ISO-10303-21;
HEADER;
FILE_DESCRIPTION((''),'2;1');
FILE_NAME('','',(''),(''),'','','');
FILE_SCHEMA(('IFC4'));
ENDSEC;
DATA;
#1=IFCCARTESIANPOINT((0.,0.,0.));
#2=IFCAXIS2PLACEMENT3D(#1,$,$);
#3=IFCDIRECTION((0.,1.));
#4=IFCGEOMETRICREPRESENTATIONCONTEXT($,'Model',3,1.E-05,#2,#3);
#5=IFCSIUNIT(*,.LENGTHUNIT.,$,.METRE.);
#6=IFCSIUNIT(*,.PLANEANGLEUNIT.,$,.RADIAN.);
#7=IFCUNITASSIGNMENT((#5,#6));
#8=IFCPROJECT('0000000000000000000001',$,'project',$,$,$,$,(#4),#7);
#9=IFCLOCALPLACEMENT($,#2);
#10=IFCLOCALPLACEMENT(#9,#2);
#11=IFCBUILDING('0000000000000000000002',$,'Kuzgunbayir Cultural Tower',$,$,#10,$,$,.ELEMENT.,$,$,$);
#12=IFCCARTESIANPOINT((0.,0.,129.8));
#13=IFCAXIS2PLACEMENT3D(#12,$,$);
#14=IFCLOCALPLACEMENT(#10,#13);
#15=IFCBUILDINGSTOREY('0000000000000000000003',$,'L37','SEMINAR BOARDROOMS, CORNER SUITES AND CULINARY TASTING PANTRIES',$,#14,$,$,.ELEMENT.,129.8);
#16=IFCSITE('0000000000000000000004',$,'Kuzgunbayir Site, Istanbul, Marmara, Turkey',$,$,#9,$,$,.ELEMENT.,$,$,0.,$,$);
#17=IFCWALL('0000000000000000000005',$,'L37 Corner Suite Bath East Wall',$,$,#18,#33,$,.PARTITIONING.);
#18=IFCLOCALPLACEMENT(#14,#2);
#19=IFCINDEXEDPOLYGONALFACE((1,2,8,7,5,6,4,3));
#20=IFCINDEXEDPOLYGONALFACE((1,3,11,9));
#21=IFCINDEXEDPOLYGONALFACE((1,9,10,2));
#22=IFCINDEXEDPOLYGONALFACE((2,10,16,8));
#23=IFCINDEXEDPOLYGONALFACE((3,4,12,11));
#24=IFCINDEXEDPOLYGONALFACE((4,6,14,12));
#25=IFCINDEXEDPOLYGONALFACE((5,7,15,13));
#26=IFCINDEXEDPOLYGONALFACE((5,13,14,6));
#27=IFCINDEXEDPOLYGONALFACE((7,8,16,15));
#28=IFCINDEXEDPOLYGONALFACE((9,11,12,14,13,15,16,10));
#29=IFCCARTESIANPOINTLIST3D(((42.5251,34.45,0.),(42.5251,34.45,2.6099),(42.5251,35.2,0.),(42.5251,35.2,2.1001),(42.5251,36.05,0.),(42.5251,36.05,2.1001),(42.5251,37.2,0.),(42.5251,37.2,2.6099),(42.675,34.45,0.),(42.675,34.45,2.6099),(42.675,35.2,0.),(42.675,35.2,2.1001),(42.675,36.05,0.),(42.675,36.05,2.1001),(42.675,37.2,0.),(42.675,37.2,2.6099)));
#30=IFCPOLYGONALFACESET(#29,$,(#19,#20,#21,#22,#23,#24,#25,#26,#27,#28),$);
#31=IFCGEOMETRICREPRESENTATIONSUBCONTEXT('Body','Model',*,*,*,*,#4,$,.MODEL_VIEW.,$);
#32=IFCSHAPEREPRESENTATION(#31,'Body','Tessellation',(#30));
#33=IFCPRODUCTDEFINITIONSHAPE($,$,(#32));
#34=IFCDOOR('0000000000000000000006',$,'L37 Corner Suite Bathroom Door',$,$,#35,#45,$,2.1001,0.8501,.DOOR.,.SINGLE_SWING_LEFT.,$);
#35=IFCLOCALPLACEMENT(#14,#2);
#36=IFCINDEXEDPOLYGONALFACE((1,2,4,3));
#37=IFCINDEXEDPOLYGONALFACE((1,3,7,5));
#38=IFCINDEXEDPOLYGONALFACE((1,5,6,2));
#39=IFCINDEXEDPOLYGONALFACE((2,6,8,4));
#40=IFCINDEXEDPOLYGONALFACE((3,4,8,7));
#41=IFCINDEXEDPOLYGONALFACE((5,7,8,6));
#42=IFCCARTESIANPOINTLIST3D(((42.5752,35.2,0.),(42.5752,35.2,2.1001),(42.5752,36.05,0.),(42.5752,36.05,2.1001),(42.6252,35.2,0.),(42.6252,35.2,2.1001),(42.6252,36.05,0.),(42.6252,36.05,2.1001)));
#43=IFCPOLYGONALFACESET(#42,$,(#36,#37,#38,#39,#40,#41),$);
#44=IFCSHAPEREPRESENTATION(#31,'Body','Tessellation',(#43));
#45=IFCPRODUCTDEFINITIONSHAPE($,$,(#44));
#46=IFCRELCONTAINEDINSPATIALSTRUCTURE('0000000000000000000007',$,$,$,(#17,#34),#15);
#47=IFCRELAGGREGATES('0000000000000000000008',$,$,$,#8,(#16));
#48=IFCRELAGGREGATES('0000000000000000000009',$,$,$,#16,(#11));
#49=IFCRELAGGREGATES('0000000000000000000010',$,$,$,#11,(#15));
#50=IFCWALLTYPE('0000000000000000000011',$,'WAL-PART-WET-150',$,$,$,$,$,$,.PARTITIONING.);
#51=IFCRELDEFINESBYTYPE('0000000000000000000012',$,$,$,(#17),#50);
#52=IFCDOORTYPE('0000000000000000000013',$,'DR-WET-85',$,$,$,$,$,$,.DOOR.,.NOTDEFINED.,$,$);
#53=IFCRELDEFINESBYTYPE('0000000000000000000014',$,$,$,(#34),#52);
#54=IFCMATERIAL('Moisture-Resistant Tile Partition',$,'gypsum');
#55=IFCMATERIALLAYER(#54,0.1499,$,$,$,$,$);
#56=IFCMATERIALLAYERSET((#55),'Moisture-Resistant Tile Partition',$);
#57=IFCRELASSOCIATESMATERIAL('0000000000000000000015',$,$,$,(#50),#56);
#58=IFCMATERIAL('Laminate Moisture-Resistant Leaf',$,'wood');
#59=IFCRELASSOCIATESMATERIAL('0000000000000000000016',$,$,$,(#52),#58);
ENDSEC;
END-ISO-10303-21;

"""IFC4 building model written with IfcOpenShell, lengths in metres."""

from ifc_helpers import new_model, si_unit, direction, frame, frame_2d, origin, place, context, subcontext, project, spatial, rectangle, extrude, material, layer, layer_set, type_object, element, fill, save


model = new_model("IFC4")

# Units and contexts
model_context = context("Model", 3, precision=1e-05, world=origin(), true_north=direction((0.0, 1.0)))
body_context = subcontext(model_context, "Body", "Model", "MODEL_VIEW")
ifc_project = project(units=[si_unit("LENGTHUNIT", "METRE"), si_unit("PLANEANGLEUNIT", "RADIAN")], contexts=[model_context])

# Site, building, storey
site_placement = place(None, origin())
site = spatial("IfcSite", under=ifc_project, at=site_placement, Name="Kuzgunbayir Site, Istanbul, Marmara, Turkey", CompositionType="ELEMENT", RefElevation=0.0)
building_placement = place(site_placement, origin())
building = spatial("IfcBuilding", under=site, at=building_placement, Name="Kuzgunbayir Cultural Tower", CompositionType="ELEMENT")
storey_placement = place(building_placement, frame((0.0, 0.0, 129.8)))
storey = spatial("IfcBuildingStorey", under=building, at=storey_placement, Name="L37", Description="SEMINAR BOARDROOMS, CORNER SUITES AND CULINARY TASTING PANTRIES", CompositionType="ELEMENT", Elevation=129.8)

# Shared definitions
ifc_material_1 = material(Name="Moisture-Resistant Tile Partition", Category="gypsum")
ifc_layer_1 = layer(ifc_material_1, 0.1499)
ifc_layer_set_1 = layer_set([ifc_layer_1], Name="Moisture-Resistant Tile Partition")
wall_type_1 = type_object("IfcWallType", Name="WAL-PART-WET-150", PredefinedType="PARTITIONING", material=ifc_layer_set_1)

# Wall, opening, door
wall_1_placement = place(storey_placement, frame((42.6001, 34.45, 0.0), z_axis=(0.0, 0.0, 1.0), x_axis=(0.0, 1.0, 0.0)))
wall_1 = element("IfcWall", 1, at=wall_1_placement, inside=storey, type_object=wall_type_1, Name="L37 Corner Suite Bath East Wall", PredefinedType="PARTITIONING", context=body_context, shape_type="SweptSolid", body=[
    extrude(rectangle(XDim=2.75, YDim=0.1499, at=frame_2d((1.375, 0.0))), origin(), (0.0, 0.0, 1.0), 2.6099),
])
opening_1_placement = place(wall_1_placement, frame((0.75, 0.0, 0.0)))
opening_1 = element("IfcOpeningElement", 2, at=opening_1_placement, cuts=wall_1, PredefinedType="OPENING", context=body_context, shape_type="SweptSolid", body=[
    extrude(rectangle(XDim=0.8501, YDim=2.1001, at=frame_2d((0.425, 1.05))), frame((0.0, 0.085, 0.0), z_axis=(0.0, -1.0, 0.0), x_axis=(1.0, 0.0, 0.0)), (0.0, 0.0, 1.0), 0.1699),
])
ifc_material_2 = material(Name="Laminate Moisture-Resistant Leaf", Category="wood")
door_type_1 = type_object("IfcDoorType", Name="DR-WET-85", OperationType="NOTDEFINED", PredefinedType="DOOR", material=ifc_material_2)
door_1_placement = place(opening_1_placement, origin())
door_1 = element("IfcDoor", 3, at=door_1_placement, inside=storey, type_object=door_type_1, Name="L37 Corner Suite Bathroom Door", OperationType="SINGLE_SWING_LEFT", OverallHeight=2.1001, OverallWidth=0.8501, PredefinedType="DOOR", context=body_context, shape_type="SweptSolid", body=[
    extrude(rectangle(XDim=0.8501, YDim=2.1001, at=frame_2d((0.425, 1.05))), frame((0.0, 0.0249, 0.0), z_axis=(0.0, -1.0, 0.0), x_axis=(1.0, 0.0, 0.0)), (0.0, 0.0, 1.0), 0.05),
])
fill(opening_1, door_1)

save(model, "model.ifc")
